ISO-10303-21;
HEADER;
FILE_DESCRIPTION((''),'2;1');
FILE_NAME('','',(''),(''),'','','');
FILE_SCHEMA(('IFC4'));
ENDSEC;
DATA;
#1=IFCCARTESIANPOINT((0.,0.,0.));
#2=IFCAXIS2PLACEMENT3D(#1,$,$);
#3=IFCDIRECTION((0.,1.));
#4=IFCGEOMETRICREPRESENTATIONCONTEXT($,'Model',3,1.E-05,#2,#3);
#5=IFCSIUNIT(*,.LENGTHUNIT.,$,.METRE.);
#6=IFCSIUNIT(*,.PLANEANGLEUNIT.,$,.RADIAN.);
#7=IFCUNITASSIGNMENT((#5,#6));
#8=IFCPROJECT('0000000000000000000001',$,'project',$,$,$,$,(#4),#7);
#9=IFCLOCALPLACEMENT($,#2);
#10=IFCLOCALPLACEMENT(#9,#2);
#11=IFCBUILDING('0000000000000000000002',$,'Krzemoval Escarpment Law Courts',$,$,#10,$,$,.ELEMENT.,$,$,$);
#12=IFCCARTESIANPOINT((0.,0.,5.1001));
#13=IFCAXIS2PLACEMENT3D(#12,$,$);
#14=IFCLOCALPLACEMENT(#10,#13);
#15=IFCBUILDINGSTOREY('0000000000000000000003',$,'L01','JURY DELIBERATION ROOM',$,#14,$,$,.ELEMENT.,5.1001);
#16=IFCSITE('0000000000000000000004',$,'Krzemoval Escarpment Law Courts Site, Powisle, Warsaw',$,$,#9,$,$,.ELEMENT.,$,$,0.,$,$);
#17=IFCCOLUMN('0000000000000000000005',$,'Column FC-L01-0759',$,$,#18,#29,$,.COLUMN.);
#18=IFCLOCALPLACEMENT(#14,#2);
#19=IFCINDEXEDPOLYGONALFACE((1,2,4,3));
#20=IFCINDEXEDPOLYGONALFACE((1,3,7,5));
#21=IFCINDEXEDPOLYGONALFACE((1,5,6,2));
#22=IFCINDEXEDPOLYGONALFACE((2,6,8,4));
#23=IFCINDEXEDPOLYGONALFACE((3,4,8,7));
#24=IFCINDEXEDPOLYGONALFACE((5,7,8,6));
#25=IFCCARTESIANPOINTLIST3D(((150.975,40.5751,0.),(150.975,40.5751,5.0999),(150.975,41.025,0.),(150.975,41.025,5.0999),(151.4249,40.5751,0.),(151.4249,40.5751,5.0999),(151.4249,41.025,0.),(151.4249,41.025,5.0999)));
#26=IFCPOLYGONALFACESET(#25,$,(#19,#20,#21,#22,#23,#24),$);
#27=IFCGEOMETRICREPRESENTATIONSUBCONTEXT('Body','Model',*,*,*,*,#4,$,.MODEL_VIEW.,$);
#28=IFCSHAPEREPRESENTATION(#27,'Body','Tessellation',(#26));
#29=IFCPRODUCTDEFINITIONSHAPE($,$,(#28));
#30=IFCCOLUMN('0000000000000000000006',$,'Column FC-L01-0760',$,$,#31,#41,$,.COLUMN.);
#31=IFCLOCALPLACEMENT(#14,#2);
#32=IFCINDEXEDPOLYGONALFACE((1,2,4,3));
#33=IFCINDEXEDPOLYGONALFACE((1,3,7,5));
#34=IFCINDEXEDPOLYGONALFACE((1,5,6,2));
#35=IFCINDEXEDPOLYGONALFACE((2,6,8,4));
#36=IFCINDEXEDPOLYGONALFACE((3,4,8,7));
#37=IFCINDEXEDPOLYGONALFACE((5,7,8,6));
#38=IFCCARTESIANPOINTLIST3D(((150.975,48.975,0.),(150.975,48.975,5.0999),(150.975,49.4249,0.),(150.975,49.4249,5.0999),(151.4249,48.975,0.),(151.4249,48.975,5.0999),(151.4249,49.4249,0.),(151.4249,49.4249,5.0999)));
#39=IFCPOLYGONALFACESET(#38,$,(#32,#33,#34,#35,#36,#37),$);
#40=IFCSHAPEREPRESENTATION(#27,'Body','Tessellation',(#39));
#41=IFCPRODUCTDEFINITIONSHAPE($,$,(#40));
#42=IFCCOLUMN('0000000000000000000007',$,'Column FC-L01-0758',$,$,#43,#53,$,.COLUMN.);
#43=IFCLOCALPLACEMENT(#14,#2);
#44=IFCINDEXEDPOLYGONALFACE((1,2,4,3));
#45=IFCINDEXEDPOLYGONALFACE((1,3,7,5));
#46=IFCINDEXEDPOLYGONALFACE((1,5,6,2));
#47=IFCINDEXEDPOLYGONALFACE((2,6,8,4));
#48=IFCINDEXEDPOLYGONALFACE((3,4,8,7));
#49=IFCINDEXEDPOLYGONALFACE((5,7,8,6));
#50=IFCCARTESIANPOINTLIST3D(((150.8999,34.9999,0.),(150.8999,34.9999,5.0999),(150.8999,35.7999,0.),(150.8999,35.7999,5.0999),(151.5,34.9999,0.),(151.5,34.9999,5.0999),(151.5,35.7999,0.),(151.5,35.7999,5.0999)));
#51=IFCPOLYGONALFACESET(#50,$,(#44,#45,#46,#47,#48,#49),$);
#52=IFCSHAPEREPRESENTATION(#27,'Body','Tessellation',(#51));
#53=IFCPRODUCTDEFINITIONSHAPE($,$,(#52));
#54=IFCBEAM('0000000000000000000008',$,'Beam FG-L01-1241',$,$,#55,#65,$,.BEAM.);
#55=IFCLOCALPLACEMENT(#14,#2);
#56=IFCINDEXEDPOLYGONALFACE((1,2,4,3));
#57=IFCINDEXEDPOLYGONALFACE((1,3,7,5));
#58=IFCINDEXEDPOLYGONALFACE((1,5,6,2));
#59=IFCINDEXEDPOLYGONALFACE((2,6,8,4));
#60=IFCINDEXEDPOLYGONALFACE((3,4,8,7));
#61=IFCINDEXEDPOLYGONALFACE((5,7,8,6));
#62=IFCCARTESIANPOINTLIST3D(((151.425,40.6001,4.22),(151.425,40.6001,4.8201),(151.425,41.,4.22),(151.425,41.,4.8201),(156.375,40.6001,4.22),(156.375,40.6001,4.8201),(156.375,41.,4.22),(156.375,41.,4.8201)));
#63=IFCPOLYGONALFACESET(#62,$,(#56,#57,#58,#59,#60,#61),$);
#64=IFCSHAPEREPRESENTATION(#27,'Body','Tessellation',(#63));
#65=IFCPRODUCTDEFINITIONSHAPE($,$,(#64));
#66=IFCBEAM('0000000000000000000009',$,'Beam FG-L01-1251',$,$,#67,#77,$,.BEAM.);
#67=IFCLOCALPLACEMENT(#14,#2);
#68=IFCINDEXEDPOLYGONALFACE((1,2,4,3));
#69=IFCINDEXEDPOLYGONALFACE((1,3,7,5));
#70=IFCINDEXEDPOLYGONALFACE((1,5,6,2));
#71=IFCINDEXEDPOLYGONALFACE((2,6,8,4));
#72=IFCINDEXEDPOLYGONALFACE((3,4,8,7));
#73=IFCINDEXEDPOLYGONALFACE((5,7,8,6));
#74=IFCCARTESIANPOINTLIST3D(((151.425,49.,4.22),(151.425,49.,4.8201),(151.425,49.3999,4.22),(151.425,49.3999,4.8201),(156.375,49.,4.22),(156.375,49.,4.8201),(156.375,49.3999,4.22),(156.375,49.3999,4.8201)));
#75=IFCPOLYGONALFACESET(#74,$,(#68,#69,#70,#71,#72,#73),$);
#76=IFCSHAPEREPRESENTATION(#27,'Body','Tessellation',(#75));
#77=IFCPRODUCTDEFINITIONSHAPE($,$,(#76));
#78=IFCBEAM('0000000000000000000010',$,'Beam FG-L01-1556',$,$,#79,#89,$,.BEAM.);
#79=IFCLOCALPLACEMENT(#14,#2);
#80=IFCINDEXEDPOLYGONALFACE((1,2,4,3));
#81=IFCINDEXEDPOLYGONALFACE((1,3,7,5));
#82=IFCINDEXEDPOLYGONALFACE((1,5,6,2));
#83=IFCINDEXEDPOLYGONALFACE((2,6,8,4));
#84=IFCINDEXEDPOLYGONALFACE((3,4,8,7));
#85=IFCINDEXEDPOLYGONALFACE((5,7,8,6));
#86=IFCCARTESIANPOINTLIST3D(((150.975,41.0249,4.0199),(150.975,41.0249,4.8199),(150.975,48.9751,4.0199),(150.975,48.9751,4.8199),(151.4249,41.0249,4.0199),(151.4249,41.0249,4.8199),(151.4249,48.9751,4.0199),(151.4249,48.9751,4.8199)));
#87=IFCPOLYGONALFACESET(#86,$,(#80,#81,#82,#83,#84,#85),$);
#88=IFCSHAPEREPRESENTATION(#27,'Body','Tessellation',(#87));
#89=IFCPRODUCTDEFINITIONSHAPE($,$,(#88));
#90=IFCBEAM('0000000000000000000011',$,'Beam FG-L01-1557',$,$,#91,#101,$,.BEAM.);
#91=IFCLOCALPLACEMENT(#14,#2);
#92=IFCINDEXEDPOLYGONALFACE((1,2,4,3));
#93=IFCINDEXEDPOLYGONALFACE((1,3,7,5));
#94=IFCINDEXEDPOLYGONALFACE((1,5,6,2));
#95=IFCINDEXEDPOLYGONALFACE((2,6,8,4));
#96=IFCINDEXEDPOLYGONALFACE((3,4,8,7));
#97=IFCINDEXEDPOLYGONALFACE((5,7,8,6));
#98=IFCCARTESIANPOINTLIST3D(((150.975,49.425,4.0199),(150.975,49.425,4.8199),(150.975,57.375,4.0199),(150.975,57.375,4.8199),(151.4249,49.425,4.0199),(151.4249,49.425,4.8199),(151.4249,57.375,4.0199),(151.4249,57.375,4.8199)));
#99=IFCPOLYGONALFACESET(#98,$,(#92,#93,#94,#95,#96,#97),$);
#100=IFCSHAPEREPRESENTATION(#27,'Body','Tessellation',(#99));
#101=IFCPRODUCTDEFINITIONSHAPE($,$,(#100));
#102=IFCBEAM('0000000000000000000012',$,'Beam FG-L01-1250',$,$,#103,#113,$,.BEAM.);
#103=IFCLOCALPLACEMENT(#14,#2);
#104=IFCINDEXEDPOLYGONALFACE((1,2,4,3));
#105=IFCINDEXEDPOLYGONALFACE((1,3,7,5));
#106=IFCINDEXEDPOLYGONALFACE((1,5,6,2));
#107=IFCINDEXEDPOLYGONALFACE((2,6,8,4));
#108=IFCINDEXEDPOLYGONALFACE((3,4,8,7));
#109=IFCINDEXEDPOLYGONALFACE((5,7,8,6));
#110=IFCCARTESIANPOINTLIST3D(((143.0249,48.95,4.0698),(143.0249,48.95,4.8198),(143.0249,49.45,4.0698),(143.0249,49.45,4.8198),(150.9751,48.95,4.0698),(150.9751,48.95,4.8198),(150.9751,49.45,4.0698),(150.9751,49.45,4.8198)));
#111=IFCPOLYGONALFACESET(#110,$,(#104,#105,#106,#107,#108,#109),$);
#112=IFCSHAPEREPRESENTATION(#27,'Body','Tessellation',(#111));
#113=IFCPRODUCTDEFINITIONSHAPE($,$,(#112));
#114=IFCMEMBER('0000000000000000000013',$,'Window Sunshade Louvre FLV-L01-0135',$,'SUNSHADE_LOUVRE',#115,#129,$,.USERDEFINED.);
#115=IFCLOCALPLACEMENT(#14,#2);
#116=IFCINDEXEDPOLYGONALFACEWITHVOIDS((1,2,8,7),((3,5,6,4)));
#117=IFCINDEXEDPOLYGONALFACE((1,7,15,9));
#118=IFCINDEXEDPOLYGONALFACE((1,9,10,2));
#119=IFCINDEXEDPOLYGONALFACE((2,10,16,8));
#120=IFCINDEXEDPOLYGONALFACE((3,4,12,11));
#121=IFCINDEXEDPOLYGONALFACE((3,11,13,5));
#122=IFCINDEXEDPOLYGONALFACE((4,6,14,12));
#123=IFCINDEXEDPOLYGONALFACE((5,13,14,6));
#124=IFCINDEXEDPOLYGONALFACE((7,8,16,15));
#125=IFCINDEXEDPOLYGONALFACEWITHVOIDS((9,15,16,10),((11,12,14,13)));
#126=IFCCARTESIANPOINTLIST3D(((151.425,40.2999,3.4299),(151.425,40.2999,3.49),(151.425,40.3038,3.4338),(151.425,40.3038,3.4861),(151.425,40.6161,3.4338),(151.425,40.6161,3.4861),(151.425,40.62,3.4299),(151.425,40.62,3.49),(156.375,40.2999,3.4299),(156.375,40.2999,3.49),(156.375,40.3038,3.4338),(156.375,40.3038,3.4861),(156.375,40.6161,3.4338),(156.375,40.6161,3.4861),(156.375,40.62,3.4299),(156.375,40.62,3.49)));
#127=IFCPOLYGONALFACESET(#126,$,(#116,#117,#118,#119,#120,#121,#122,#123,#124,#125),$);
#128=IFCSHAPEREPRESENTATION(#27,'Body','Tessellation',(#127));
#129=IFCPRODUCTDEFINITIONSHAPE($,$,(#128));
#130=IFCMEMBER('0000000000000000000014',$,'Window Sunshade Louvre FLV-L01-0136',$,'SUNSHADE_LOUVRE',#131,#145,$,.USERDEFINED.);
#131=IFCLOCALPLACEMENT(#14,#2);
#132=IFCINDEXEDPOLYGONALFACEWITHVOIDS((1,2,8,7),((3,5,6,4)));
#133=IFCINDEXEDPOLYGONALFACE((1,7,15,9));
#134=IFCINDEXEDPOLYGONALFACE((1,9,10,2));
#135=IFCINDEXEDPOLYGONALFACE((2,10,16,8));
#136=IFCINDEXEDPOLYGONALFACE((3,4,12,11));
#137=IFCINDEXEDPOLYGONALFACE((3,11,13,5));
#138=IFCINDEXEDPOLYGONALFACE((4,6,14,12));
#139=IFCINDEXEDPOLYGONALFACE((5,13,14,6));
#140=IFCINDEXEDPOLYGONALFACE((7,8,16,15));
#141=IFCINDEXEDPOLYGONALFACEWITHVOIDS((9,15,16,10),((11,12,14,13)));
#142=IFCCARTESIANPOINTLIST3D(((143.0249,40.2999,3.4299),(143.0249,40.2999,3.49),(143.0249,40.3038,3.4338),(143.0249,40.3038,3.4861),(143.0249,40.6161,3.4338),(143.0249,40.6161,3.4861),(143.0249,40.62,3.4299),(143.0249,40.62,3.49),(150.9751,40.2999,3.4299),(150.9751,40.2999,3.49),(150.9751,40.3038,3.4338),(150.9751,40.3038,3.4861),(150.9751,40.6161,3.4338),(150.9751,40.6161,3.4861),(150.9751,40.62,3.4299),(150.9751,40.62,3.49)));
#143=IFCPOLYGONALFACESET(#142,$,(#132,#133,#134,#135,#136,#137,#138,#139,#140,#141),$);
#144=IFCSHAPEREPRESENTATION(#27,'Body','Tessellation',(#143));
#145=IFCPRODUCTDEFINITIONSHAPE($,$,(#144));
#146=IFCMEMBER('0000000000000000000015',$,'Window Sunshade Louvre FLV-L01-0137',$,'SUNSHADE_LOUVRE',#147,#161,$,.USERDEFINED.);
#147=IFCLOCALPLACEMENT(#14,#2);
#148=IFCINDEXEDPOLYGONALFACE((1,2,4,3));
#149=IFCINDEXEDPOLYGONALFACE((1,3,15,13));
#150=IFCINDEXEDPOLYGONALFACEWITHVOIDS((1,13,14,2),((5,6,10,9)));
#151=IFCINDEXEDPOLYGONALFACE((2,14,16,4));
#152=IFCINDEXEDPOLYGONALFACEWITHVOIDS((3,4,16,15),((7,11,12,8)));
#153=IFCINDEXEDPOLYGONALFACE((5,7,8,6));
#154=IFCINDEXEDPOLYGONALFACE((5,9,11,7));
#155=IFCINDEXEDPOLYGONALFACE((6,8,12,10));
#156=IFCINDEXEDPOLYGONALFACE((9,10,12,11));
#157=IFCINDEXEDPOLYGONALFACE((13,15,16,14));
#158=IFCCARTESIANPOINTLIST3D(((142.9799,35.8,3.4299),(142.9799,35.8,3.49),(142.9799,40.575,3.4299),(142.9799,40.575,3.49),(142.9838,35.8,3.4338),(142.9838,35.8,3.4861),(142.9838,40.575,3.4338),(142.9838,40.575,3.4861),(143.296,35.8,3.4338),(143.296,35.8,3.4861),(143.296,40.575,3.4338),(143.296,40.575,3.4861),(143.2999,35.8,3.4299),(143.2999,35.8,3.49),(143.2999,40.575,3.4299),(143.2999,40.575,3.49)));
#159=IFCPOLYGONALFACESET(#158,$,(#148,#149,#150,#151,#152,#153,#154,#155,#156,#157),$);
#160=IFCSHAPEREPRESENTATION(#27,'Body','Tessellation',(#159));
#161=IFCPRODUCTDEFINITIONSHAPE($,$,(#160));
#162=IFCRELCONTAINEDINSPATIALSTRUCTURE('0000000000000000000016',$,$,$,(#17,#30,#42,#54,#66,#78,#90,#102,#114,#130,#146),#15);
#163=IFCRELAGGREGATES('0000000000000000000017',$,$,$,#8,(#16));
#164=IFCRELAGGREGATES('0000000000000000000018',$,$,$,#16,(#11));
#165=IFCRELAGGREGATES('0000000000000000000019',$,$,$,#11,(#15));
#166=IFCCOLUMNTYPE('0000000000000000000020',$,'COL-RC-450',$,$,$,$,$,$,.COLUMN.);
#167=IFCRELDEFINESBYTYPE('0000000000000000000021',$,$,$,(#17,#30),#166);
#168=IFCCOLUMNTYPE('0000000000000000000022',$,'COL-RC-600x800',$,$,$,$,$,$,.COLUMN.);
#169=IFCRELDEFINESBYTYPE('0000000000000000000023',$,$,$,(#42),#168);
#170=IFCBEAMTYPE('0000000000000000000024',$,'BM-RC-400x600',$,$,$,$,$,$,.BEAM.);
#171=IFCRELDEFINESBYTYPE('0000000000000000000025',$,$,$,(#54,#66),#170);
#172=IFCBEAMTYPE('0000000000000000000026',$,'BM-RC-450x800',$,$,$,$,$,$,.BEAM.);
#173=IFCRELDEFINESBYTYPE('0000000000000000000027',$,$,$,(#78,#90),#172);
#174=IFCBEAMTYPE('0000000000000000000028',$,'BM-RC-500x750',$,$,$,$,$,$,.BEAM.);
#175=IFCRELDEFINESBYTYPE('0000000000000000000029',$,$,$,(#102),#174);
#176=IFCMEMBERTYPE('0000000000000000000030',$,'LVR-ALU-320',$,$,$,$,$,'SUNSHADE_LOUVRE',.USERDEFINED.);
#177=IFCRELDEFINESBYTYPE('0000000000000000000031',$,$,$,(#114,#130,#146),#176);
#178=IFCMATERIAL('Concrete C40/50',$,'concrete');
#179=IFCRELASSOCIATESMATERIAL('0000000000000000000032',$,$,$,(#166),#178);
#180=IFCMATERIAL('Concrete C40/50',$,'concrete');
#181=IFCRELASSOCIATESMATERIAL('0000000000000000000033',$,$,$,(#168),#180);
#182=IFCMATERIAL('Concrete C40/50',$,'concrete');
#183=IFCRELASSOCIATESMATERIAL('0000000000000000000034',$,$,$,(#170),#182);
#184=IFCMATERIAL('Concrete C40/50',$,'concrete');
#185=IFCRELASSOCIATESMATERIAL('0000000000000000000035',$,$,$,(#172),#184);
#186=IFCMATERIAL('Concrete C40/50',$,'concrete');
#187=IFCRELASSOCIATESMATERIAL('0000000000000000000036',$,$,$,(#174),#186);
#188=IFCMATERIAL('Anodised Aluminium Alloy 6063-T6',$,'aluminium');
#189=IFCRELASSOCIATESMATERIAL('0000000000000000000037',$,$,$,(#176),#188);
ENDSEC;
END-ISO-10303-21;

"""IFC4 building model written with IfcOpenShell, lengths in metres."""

from ifc_helpers import new_model, si_unit, direction, frame, origin, origin_2d, place, context, subcontext, project, spatial, rectangle, hollow_rectangle, extrude, material, material_profile, profile_set, type_object, element, save


model = new_model("IFC4")

# Units and contexts
model_context = context("Model", 3, precision=1e-05, world=origin(), true_north=direction((0.0, 1.0)))
body_context = subcontext(model_context, "Body", "Model", "MODEL_VIEW")
ifc_project = project(units=[si_unit("LENGTHUNIT", "METRE"), si_unit("PLANEANGLEUNIT", "RADIAN")], contexts=[model_context])

# Site, building, storey
site_placement = place(None, origin())
site = spatial("IfcSite", under=ifc_project, at=site_placement, Name="Krzemoval Escarpment Law Courts Site, Powisle, Warsaw", CompositionType="ELEMENT", RefElevation=0.0)
building_placement = place(site_placement, origin())
building = spatial("IfcBuilding", under=site, at=building_placement, Name="Krzemoval Escarpment Law Courts", CompositionType="ELEMENT")
storey_placement = place(building_placement, frame((0.0, 0.0, 5.1001)))
storey = spatial("IfcBuildingStorey", under=building, at=storey_placement, Name="L01", Description="JURY DELIBERATION ROOM", CompositionType="ELEMENT", Elevation=5.1001)

# Columns
ifc_material_1 = material(Name="Concrete C40/50", Category="concrete")
ifc_material_profile_1 = material_profile(ifc_material_1, rectangle(XDim=0.45, YDim=0.45, at=origin_2d()), Name="RC 450x450")
ifc_profile_set_1 = profile_set([ifc_material_profile_1], Name="Concrete C40/50")
column_type_1 = type_object("IfcColumnType", Name="COL-RC-450", PredefinedType="COLUMN", material=ifc_profile_set_1)
for number, where, z_axis, x_axis, name in (
    (1, (151.2, 40.8, 0.0), (0.0, 0.0, 1.0), (1.0, 0.0, 0.0), "Column FC-L01-0759"),
    (2, (151.2, 49.2, 0.0), (0.0, 0.0, 1.0), (1.0, 0.0, 0.0), "Column FC-L01-0760"),
):
    element("IfcColumn", number, at=place(storey_placement, frame(where, z_axis=z_axis, x_axis=x_axis)), inside=storey, type_object=column_type_1, Name=name, PredefinedType="COLUMN", context=body_context, shape_type="SweptSolid", body=[
        extrude(rectangle(XDim=0.45, YDim=0.45, at=origin_2d()), origin(), (0.0, 0.0, 1.0), 5.0999),
    ])
ifc_material_2 = material(Name="Concrete C40/50", Category="concrete")
ifc_material_profile_2 = material_profile(ifc_material_2, rectangle(XDim=0.6001, YDim=0.8, at=origin_2d()), Name="RC 600x800")
ifc_profile_set_2 = profile_set([ifc_material_profile_2], Name="Concrete C40/50")
column_type_2 = type_object("IfcColumnType", Name="COL-RC-600x800", PredefinedType="COLUMN", material=ifc_profile_set_2)
column_placement = place(storey_placement, frame((151.2, 35.3999, 0.0), z_axis=(0.0, 0.0, 1.0), x_axis=(1.0, 0.0, 0.0)))
element("IfcColumn", 3, at=column_placement, inside=storey, type_object=column_type_2, Name="Column FC-L01-0758", PredefinedType="COLUMN", context=body_context, shape_type="SweptSolid", body=[
    extrude(rectangle(XDim=0.6001, YDim=0.8, at=origin_2d()), origin(), (0.0, 0.0, 1.0), 5.0999),
])

# Beams
ifc_material_3 = material(Name="Concrete C40/50", Category="concrete")
ifc_material_profile_3 = material_profile(ifc_material_3, rectangle(XDim=0.3999, YDim=0.6001, at=origin_2d()), Name="RCB 400x600")
ifc_profile_set_3 = profile_set([ifc_material_profile_3], Name="Concrete C40/50")
beam_type_1 = type_object("IfcBeamType", Name="BM-RC-400x600", PredefinedType="BEAM", material=ifc_profile_set_3)
for number, where, z_axis, x_axis, name in (
    (4, (151.425, 40.8, 4.52), (1.0, 0.0, 0.0), (0.0, 1.0, 0.0), "Beam FG-L01-1241"),
    (5, (151.425, 49.2, 4.52), (1.0, 0.0, 0.0), (0.0, 1.0, 0.0), "Beam FG-L01-1251"),
):
    element("IfcBeam", number, at=place(storey_placement, frame(where, z_axis=z_axis, x_axis=x_axis)), inside=storey, type_object=beam_type_1, Name=name, PredefinedType="BEAM", context=body_context, shape_type="SweptSolid", body=[
        extrude(rectangle(XDim=0.3999, YDim=0.6001, at=origin_2d()), origin(), (0.0, 0.0, 1.0), 4.95),
    ])
ifc_material_4 = material(Name="Concrete C40/50", Category="concrete")
ifc_material_profile_4 = material_profile(ifc_material_4, rectangle(XDim=0.45, YDim=0.8, at=origin_2d()), Name="RCB 450x800")
ifc_profile_set_4 = profile_set([ifc_material_profile_4], Name="Concrete C40/50")
beam_type_2 = type_object("IfcBeamType", Name="BM-RC-450x800", PredefinedType="BEAM", material=ifc_profile_set_4)
beam_1_placement = place(storey_placement, frame((151.2, 41.0249, 4.4199), z_axis=(0.0, 1.0, 0.0), x_axis=(-1.0, 0.0, 0.0)))
element("IfcBeam", 6, at=beam_1_placement, inside=storey, type_object=beam_type_2, Name="Beam FG-L01-1556", PredefinedType="BEAM", context=body_context, shape_type="SweptSolid", body=[
    extrude(rectangle(XDim=0.45, YDim=0.8, at=origin_2d()), origin(), (0.0, 0.0, 1.0), 7.9502),
])
beam_2_placement = place(storey_placement, frame((151.2, 49.425, 4.4199), z_axis=(0.0, 1.0, 0.0), x_axis=(-1.0, 0.0, 0.0)))
element("IfcBeam", 7, at=beam_2_placement, inside=storey, type_object=beam_type_2, Name="Beam FG-L01-1557", PredefinedType="BEAM", context=body_context, shape_type="SweptSolid", body=[
    extrude(rectangle(XDim=0.45, YDim=0.8, at=origin_2d()), origin(), (0.0, 0.0, 1.0), 7.95),
])
ifc_material_5 = material(Name="Concrete C40/50", Category="concrete")
ifc_material_profile_5 = material_profile(ifc_material_5, rectangle(XDim=0.5, YDim=0.75, at=origin_2d()), Name="RCB 500x750")
ifc_profile_set_5 = profile_set([ifc_material_profile_5], Name="Concrete C40/50")
beam_type_3 = type_object("IfcBeamType", Name="BM-RC-500x750", PredefinedType="BEAM", material=ifc_profile_set_5)
beam_3_placement = place(storey_placement, frame((143.0249, 49.2, 4.4448), z_axis=(1.0, 0.0, 0.0), x_axis=(0.0, 1.0, 0.0)))
element("IfcBeam", 8, at=beam_3_placement, inside=storey, type_object=beam_type_3, Name="Beam FG-L01-1250", PredefinedType="BEAM", context=body_context, shape_type="SweptSolid", body=[
    extrude(rectangle(XDim=0.5, YDim=0.75, at=origin_2d()), origin(), (0.0, 0.0, 1.0), 7.9502),
])

# Members
ifc_material_6 = material(Name="Anodised Aluminium Alloy 6063-T6", Category="aluminium")
ifc_material_profile_6 = material_profile(ifc_material_6, hollow_rectangle(XDim=0.0601, YDim=0.3201, WallThickness=0.0039, at=origin_2d()), Name="ALU LVR 60x320")
ifc_profile_set_6 = profile_set([ifc_material_profile_6], Name="Anodised Aluminium Alloy 6063-T6")
member_type = type_object("IfcMemberType", Name="LVR-ALU-320", ElementType="SUNSHADE_LOUVRE", PredefinedType="USERDEFINED", material=ifc_profile_set_6)
member_1_placement = place(storey_placement, frame((156.375, 40.46, 3.46), z_axis=(-1.0, 0.0, 0.0), x_axis=(0.0, 0.0, 1.0)))
element("IfcMember", 9, at=member_1_placement, inside=storey, type_object=member_type, Name="Window Sunshade Louvre FLV-L01-0135", ObjectType="SUNSHADE_LOUVRE", PredefinedType="USERDEFINED", context=body_context, shape_type="SweptSolid", body=[
    extrude(hollow_rectangle(XDim=0.0601, YDim=0.3201, WallThickness=0.0039, at=origin_2d()), origin(), (0.0, 0.0, 1.0), 4.95),
])
member_2_placement = place(storey_placement, frame((150.9751, 40.46, 3.46), z_axis=(-1.0, 0.0, 0.0), x_axis=(0.0, 0.0, 1.0)))
element("IfcMember", 10, at=member_2_placement, inside=storey, type_object=member_type, Name="Window Sunshade Louvre FLV-L01-0136", ObjectType="SUNSHADE_LOUVRE", PredefinedType="USERDEFINED", context=body_context, shape_type="SweptSolid", body=[
    extrude(hollow_rectangle(XDim=0.0601, YDim=0.3201, WallThickness=0.0039, at=origin_2d()), origin(), (0.0, 0.0, 1.0), 7.9502),
])
member_3_placement = place(storey_placement, frame((143.1399, 40.575, 3.46), z_axis=(0.0, -1.0, 0.0), x_axis=(0.0, 0.0, 1.0)))
element("IfcMember", 11, at=member_3_placement, inside=storey, type_object=member_type, Name="Window Sunshade Louvre FLV-L01-0137", ObjectType="SUNSHADE_LOUVRE", PredefinedType="USERDEFINED", context=body_context, shape_type="SweptSolid", body=[
    extrude(hollow_rectangle(XDim=0.0601, YDim=0.3201, WallThickness=0.0039, at=origin_2d()), origin(), (0.0, 0.0, 1.0), 4.7749),
])

save(model, "model.ifc")
